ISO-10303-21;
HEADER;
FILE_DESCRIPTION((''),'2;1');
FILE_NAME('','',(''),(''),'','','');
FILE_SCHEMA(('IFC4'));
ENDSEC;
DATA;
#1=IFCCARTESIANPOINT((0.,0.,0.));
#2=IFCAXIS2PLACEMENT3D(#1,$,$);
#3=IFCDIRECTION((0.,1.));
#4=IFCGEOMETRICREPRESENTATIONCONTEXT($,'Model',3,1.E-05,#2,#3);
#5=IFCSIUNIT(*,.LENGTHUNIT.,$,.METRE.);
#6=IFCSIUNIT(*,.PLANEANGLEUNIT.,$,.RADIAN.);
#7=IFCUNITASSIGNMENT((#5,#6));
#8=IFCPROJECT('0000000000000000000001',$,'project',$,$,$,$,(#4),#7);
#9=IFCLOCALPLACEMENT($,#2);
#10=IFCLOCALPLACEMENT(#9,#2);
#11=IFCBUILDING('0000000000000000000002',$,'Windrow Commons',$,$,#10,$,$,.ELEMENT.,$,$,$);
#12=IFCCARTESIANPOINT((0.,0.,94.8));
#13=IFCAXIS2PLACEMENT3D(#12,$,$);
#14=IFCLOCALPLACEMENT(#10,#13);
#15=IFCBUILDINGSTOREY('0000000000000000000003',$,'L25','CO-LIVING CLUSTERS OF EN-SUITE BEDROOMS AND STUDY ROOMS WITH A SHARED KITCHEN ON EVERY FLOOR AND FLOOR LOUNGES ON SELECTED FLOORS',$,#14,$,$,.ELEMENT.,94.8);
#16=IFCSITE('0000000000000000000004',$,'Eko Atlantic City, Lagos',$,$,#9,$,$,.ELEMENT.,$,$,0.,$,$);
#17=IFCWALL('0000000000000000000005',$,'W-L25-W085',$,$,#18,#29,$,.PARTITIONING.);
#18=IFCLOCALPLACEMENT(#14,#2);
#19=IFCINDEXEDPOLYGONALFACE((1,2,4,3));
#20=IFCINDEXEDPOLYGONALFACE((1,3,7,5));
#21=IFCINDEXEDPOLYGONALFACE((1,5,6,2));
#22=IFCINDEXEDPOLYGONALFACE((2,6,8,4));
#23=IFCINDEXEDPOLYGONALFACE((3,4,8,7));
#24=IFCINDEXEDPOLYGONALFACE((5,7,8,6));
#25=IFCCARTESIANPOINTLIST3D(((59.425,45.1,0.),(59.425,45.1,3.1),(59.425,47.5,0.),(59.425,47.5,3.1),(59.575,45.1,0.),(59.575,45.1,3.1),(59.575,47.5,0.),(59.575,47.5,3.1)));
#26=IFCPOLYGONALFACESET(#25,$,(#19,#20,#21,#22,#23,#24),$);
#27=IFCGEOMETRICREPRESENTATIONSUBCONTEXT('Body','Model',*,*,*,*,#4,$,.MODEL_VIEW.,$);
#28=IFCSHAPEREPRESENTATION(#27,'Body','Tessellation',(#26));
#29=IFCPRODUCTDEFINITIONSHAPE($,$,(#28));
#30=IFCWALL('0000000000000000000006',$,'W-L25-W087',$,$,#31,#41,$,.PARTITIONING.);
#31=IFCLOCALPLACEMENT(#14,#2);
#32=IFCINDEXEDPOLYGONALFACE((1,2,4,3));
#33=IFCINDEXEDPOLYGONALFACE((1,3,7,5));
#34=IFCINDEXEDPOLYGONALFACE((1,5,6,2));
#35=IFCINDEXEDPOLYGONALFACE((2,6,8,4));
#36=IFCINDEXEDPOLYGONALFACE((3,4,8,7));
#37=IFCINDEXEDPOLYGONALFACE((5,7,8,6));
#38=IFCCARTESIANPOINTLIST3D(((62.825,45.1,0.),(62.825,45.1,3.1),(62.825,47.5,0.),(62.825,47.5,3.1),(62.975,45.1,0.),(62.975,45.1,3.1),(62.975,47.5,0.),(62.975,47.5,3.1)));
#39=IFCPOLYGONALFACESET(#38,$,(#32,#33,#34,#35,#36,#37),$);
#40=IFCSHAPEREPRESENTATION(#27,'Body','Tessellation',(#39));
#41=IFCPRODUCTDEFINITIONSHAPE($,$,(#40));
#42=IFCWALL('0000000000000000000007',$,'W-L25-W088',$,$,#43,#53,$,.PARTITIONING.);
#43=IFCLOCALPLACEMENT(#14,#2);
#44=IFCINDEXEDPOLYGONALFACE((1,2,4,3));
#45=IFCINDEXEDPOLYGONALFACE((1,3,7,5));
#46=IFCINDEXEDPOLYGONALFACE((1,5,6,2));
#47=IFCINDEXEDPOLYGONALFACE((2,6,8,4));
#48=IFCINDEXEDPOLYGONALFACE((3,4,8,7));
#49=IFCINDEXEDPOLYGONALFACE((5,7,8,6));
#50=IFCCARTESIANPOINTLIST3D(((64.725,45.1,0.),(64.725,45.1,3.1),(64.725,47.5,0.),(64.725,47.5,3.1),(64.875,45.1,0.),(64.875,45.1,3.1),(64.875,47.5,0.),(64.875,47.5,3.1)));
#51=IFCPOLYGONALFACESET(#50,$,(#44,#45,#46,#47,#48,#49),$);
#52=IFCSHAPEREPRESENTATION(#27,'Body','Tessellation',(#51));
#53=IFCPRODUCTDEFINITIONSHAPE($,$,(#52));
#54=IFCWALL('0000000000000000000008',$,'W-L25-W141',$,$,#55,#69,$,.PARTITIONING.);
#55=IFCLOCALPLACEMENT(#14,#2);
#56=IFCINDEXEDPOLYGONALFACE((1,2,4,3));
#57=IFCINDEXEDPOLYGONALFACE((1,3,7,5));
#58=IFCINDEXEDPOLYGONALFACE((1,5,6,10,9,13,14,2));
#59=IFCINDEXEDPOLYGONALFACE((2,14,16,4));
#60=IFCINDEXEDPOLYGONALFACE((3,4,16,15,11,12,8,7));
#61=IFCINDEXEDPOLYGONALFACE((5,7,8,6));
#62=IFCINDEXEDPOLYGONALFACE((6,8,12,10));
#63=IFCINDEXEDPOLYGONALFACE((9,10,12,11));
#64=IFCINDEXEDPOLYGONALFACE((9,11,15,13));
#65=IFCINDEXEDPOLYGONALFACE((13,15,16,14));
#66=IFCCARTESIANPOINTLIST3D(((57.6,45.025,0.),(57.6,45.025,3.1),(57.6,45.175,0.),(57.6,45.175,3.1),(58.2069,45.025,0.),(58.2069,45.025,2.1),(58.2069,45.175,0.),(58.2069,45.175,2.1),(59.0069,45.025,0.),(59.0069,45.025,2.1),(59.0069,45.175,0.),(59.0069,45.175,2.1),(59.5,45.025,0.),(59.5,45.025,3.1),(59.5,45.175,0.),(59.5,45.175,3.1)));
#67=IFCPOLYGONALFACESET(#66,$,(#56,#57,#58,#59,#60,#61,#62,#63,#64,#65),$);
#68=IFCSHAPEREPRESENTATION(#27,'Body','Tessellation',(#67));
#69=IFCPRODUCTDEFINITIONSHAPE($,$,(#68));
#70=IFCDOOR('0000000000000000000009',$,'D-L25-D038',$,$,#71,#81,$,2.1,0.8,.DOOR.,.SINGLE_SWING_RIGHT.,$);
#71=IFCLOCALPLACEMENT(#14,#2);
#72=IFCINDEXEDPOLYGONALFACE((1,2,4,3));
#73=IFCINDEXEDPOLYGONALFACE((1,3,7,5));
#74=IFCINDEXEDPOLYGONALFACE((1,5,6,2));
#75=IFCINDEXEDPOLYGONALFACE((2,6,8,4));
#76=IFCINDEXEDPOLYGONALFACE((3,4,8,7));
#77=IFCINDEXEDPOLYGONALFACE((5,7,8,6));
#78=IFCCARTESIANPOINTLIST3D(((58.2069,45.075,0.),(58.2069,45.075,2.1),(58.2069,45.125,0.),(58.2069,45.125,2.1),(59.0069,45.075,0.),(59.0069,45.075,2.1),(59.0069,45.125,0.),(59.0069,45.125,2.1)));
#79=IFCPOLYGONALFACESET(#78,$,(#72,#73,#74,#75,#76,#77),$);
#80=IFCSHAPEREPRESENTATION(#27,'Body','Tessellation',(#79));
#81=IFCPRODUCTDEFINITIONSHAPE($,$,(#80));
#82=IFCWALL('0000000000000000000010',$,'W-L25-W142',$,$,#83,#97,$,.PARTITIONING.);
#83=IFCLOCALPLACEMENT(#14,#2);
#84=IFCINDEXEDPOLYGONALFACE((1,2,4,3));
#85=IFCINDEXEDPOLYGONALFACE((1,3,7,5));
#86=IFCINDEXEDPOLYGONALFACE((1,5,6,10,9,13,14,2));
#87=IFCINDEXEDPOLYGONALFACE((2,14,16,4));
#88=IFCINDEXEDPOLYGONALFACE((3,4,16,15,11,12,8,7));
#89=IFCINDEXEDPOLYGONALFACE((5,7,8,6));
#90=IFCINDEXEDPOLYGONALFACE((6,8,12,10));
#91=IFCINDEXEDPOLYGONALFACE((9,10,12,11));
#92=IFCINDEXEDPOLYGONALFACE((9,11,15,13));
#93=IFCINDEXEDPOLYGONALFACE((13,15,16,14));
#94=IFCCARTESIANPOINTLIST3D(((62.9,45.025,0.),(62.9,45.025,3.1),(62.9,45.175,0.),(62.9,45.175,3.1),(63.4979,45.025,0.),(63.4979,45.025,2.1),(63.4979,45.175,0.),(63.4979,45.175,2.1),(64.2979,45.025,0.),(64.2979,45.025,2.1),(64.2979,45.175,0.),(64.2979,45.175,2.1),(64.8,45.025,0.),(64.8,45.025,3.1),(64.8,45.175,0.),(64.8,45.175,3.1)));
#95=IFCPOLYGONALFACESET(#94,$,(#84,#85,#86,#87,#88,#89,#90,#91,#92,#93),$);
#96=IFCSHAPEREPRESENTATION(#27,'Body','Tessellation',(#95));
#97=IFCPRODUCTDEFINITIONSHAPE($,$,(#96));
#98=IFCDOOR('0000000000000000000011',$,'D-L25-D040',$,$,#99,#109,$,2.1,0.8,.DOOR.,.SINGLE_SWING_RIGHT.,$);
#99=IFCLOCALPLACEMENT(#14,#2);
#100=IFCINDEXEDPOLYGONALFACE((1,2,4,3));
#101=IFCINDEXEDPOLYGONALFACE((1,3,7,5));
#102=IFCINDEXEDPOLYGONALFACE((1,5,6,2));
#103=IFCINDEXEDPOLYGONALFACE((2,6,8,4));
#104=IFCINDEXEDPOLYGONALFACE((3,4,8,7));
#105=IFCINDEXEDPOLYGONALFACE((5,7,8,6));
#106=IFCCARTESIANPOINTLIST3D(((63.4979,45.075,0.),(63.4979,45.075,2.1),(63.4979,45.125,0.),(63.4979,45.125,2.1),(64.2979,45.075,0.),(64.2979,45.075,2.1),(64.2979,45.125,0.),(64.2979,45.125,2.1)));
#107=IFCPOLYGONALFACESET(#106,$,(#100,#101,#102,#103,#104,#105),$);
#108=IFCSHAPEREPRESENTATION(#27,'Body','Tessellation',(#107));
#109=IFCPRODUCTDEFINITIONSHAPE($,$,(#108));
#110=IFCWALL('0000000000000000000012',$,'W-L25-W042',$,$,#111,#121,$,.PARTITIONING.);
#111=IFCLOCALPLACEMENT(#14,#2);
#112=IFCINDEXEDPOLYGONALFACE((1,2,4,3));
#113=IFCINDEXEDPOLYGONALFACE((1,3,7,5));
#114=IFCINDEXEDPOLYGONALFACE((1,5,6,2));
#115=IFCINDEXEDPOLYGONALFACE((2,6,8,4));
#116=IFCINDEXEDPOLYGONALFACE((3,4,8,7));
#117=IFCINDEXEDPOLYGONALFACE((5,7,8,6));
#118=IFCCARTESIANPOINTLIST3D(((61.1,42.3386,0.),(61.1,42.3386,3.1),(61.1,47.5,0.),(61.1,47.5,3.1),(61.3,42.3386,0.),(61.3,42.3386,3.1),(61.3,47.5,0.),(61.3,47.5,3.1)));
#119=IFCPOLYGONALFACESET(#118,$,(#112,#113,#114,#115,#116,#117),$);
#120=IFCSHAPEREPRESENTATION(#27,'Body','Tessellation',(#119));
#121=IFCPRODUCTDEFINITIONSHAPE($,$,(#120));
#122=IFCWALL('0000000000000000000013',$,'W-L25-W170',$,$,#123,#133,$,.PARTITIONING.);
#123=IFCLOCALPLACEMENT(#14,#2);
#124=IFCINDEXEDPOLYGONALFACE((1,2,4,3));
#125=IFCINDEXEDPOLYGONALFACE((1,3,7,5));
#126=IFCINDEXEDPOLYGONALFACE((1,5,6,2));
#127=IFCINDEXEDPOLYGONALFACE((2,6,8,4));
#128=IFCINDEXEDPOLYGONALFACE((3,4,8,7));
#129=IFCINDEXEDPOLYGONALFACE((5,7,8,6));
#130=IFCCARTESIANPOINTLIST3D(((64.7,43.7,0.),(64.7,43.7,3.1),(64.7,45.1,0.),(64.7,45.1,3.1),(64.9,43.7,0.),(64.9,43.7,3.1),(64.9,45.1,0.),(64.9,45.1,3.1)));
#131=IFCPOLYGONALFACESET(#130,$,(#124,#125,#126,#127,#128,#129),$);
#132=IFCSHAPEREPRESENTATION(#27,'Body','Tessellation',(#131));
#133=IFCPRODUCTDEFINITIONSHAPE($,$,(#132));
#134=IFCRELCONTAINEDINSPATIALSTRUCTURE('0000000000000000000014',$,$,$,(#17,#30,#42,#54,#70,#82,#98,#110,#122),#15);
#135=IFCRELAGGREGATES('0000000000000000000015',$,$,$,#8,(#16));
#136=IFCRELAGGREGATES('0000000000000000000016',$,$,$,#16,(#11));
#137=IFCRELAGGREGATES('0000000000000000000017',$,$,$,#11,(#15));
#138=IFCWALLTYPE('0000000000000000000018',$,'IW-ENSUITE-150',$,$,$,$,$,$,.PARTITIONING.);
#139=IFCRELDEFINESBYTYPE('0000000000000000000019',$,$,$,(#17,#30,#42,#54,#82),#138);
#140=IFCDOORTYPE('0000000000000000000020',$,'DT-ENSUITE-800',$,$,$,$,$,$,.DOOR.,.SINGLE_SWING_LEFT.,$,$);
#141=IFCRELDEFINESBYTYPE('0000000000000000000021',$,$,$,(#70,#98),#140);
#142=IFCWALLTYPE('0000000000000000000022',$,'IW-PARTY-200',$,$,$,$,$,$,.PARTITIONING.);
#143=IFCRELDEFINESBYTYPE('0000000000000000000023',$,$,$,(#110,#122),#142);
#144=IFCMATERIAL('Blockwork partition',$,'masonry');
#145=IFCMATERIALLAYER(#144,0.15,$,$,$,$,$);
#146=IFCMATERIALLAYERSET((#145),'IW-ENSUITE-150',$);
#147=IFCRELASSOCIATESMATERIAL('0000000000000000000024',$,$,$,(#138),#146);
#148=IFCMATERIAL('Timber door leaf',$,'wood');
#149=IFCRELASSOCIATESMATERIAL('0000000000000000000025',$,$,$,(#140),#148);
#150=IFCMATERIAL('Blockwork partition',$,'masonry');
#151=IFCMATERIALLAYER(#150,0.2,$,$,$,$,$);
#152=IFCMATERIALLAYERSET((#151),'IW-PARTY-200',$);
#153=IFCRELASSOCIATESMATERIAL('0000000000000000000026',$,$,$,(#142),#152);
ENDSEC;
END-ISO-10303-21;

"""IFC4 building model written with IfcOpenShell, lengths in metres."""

from ifc_helpers import new_model, si_unit, direction, frame, frame_2d, origin, place, context, subcontext, project, spatial, rectangle, extrude, material, layer, layer_set, type_object, element, fill, save


model = new_model("IFC4")

# Units and contexts
model_context = context("Model", 3, precision=1e-05, world=origin(), true_north=direction((0.0, 1.0)))
body_context = subcontext(model_context, "Body", "Model", "MODEL_VIEW")
ifc_project = project(units=[si_unit("LENGTHUNIT", "METRE"), si_unit("PLANEANGLEUNIT", "RADIAN")], contexts=[model_context])

# Site, building, storey
site_placement = place(None, origin())
site = spatial("IfcSite", under=ifc_project, at=site_placement, Name="Eko Atlantic City, Lagos", CompositionType="ELEMENT", RefElevation=0.0)
building_placement = place(site_placement, origin())
building = spatial("IfcBuilding", under=site, at=building_placement, Name="Windrow Commons", CompositionType="ELEMENT")
storey_placement = place(building_placement, frame((0.0, 0.0, 94.8)))
storey = spatial("IfcBuildingStorey", under=building, at=storey_placement, Name="L25", Description="CO-LIVING CLUSTERS OF EN-SUITE BEDROOMS AND STUDY ROOMS WITH A SHARED KITCHEN ON EVERY FLOOR AND FLOOR LOUNGES ON SELECTED FLOORS", CompositionType="ELEMENT", Elevation=94.8)

# Walls
ifc_material_1 = material(Name="Blockwork partition", Category="masonry")
ifc_layer_1 = layer(ifc_material_1, 0.15)
ifc_layer_set_1 = layer_set([ifc_layer_1], Name="IW-ENSUITE-150")
wall_type_1 = type_object("IfcWallType", Name="IW-ENSUITE-150", PredefinedType="PARTITIONING", material=ifc_layer_set_1)
for number, where, z_axis, x_axis, name in (
    (1, (59.5, 45.1, 0.0), (0.0, 0.0, 1.0), (0.0, 1.0, 0.0), "W-L25-W085"),
    (2, (62.9, 45.1, 0.0), (0.0, 0.0, 1.0), (0.0, 1.0, 0.0), "W-L25-W087"),
    (3, (64.8, 45.1, 0.0), (0.0, 0.0, 1.0), (0.0, 1.0, 0.0), "W-L25-W088"),
):
    element("IfcWall", number, at=place(storey_placement, frame(where, z_axis=z_axis, x_axis=x_axis)), inside=storey, type_object=wall_type_1, Name=name, PredefinedType="PARTITIONING", context=body_context, shape_type="SweptSolid", body=[
        extrude(rectangle(XDim=2.4, YDim=0.15, at=frame_2d((1.2, 0.0))), origin(), (0.0, 0.0, 1.0), 3.1),
    ])

# Walls, openings, doors
wall_1_placement = place(storey_placement, frame((57.6, 45.1, 0.0), z_axis=(0.0, 0.0, 1.0), x_axis=(1.0, 0.0, 0.0)))
wall_1 = element("IfcWall", 4, at=wall_1_placement, inside=storey, type_object=wall_type_1, Name="W-L25-W141", PredefinedType="PARTITIONING", context=body_context, shape_type="SweptSolid", body=[
    extrude(rectangle(XDim=1.9, YDim=0.15, at=frame_2d((0.95, 0.0))), origin(), (0.0, 0.0, 1.0), 3.1),
])
opening_1_placement = place(wall_1_placement, frame((0.6069, 0.0, 0.0)))
opening_1 = element("IfcOpeningElement", 5, at=opening_1_placement, cuts=wall_1, PredefinedType="OPENING", context=body_context, shape_type="SweptSolid", body=[
    extrude(rectangle(XDim=0.8, YDim=2.1, at=frame_2d((0.4, 1.05))), frame((0.0, 0.085, 0.0), z_axis=(0.0, -1.0, 0.0), x_axis=(1.0, 0.0, 0.0)), (0.0, 0.0, 1.0), 0.17),
])
ifc_material_2 = material(Name="Timber door leaf", Category="wood")
door_type = type_object("IfcDoorType", Name="DT-ENSUITE-800", OperationType="SINGLE_SWING_LEFT", PredefinedType="DOOR", material=ifc_material_2)
door_1_placement = place(opening_1_placement, origin())
door_1 = element("IfcDoor", 6, at=door_1_placement, inside=storey, type_object=door_type, Name="D-L25-D038", OperationType="SINGLE_SWING_RIGHT", OverallHeight=2.1, OverallWidth=0.8, PredefinedType="DOOR", context=body_context, shape_type="SweptSolid", body=[
    extrude(rectangle(XDim=0.8, YDim=2.1, at=frame_2d((0.4, 1.05))), frame((0.0, 0.025, 0.0), z_axis=(0.0, -1.0, 0.0), x_axis=(1.0, 0.0, 0.0)), (0.0, 0.0, 1.0), 0.05),
])
fill(opening_1, door_1)
wall_2_placement = place(storey_placement, frame((62.9, 45.1, 0.0), z_axis=(0.0, 0.0, 1.0), x_axis=(1.0, 0.0, 0.0)))
wall_2 = element("IfcWall", 7, at=wall_2_placement, inside=storey, type_object=wall_type_1, Name="W-L25-W142", PredefinedType="PARTITIONING", context=body_context, shape_type="SweptSolid", body=[
    extrude(rectangle(XDim=1.9, YDim=0.15, at=frame_2d((0.95, 0.0))), origin(), (0.0, 0.0, 1.0), 3.1),
])
opening_2_placement = place(wall_2_placement, frame((0.5979, 0.0, 0.0)))
opening_2 = element("IfcOpeningElement", 8, at=opening_2_placement, cuts=wall_2, PredefinedType="OPENING", context=body_context, shape_type="SweptSolid", body=[
    extrude(rectangle(XDim=0.8, YDim=2.1, at=frame_2d((0.4, 1.05))), frame((0.0, 0.085, 0.0), z_axis=(0.0, -1.0, 0.0), x_axis=(1.0, 0.0, 0.0)), (0.0, 0.0, 1.0), 0.17),
])
door_2_placement = place(opening_2_placement, origin())
door_2 = element("IfcDoor", 9, at=door_2_placement, inside=storey, type_object=door_type, Name="D-L25-D040", OperationType="SINGLE_SWING_RIGHT", OverallHeight=2.1, OverallWidth=0.8, PredefinedType="DOOR", context=body_context, shape_type="SweptSolid", body=[
    extrude(rectangle(XDim=0.8, YDim=2.1, at=frame_2d((0.4, 1.05))), frame((0.0, 0.025, 0.0), z_axis=(0.0, -1.0, 0.0), x_axis=(1.0, 0.0, 0.0)), (0.0, 0.0, 1.0), 0.05),
])
fill(opening_2, door_2)

# Walls
ifc_material_3 = material(Name="Blockwork partition", Category="masonry")
ifc_layer_2 = layer(ifc_material_3, 0.2)
ifc_layer_set_2 = layer_set([ifc_layer_2], Name="IW-PARTY-200")
wall_type_2 = type_object("IfcWallType", Name="IW-PARTY-200", PredefinedType="PARTITIONING", material=ifc_layer_set_2)
wall_3_placement = place(storey_placement, frame((61.2, 42.3385, 0.0), z_axis=(0.0, 0.0, 1.0), x_axis=(0.0, 1.0, 0.0)))
element("IfcWall", 10, at=wall_3_placement, inside=storey, type_object=wall_type_2, Name="W-L25-W042", PredefinedType="PARTITIONING", context=body_context, shape_type="SweptSolid", body=[
    extrude(rectangle(XDim=5.1615, YDim=0.2, at=frame_2d((2.5808, 0.0))), origin(), (0.0, 0.0, 1.0), 3.1),
])
wall_4_placement = place(storey_placement, frame((64.8, 43.7, 0.0), z_axis=(0.0, 0.0, 1.0), x_axis=(0.0, 1.0, 0.0)))
element("IfcWall", 11, at=wall_4_placement, inside=storey, type_object=wall_type_2, Name="W-L25-W170", PredefinedType="PARTITIONING", context=body_context, shape_type="SweptSolid", body=[
    extrude(rectangle(XDim=1.4, YDim=0.2, at=frame_2d((0.7, 0.0))), origin(), (0.0, 0.0, 1.0), 3.1),
])

save(model, "model.ifc")
